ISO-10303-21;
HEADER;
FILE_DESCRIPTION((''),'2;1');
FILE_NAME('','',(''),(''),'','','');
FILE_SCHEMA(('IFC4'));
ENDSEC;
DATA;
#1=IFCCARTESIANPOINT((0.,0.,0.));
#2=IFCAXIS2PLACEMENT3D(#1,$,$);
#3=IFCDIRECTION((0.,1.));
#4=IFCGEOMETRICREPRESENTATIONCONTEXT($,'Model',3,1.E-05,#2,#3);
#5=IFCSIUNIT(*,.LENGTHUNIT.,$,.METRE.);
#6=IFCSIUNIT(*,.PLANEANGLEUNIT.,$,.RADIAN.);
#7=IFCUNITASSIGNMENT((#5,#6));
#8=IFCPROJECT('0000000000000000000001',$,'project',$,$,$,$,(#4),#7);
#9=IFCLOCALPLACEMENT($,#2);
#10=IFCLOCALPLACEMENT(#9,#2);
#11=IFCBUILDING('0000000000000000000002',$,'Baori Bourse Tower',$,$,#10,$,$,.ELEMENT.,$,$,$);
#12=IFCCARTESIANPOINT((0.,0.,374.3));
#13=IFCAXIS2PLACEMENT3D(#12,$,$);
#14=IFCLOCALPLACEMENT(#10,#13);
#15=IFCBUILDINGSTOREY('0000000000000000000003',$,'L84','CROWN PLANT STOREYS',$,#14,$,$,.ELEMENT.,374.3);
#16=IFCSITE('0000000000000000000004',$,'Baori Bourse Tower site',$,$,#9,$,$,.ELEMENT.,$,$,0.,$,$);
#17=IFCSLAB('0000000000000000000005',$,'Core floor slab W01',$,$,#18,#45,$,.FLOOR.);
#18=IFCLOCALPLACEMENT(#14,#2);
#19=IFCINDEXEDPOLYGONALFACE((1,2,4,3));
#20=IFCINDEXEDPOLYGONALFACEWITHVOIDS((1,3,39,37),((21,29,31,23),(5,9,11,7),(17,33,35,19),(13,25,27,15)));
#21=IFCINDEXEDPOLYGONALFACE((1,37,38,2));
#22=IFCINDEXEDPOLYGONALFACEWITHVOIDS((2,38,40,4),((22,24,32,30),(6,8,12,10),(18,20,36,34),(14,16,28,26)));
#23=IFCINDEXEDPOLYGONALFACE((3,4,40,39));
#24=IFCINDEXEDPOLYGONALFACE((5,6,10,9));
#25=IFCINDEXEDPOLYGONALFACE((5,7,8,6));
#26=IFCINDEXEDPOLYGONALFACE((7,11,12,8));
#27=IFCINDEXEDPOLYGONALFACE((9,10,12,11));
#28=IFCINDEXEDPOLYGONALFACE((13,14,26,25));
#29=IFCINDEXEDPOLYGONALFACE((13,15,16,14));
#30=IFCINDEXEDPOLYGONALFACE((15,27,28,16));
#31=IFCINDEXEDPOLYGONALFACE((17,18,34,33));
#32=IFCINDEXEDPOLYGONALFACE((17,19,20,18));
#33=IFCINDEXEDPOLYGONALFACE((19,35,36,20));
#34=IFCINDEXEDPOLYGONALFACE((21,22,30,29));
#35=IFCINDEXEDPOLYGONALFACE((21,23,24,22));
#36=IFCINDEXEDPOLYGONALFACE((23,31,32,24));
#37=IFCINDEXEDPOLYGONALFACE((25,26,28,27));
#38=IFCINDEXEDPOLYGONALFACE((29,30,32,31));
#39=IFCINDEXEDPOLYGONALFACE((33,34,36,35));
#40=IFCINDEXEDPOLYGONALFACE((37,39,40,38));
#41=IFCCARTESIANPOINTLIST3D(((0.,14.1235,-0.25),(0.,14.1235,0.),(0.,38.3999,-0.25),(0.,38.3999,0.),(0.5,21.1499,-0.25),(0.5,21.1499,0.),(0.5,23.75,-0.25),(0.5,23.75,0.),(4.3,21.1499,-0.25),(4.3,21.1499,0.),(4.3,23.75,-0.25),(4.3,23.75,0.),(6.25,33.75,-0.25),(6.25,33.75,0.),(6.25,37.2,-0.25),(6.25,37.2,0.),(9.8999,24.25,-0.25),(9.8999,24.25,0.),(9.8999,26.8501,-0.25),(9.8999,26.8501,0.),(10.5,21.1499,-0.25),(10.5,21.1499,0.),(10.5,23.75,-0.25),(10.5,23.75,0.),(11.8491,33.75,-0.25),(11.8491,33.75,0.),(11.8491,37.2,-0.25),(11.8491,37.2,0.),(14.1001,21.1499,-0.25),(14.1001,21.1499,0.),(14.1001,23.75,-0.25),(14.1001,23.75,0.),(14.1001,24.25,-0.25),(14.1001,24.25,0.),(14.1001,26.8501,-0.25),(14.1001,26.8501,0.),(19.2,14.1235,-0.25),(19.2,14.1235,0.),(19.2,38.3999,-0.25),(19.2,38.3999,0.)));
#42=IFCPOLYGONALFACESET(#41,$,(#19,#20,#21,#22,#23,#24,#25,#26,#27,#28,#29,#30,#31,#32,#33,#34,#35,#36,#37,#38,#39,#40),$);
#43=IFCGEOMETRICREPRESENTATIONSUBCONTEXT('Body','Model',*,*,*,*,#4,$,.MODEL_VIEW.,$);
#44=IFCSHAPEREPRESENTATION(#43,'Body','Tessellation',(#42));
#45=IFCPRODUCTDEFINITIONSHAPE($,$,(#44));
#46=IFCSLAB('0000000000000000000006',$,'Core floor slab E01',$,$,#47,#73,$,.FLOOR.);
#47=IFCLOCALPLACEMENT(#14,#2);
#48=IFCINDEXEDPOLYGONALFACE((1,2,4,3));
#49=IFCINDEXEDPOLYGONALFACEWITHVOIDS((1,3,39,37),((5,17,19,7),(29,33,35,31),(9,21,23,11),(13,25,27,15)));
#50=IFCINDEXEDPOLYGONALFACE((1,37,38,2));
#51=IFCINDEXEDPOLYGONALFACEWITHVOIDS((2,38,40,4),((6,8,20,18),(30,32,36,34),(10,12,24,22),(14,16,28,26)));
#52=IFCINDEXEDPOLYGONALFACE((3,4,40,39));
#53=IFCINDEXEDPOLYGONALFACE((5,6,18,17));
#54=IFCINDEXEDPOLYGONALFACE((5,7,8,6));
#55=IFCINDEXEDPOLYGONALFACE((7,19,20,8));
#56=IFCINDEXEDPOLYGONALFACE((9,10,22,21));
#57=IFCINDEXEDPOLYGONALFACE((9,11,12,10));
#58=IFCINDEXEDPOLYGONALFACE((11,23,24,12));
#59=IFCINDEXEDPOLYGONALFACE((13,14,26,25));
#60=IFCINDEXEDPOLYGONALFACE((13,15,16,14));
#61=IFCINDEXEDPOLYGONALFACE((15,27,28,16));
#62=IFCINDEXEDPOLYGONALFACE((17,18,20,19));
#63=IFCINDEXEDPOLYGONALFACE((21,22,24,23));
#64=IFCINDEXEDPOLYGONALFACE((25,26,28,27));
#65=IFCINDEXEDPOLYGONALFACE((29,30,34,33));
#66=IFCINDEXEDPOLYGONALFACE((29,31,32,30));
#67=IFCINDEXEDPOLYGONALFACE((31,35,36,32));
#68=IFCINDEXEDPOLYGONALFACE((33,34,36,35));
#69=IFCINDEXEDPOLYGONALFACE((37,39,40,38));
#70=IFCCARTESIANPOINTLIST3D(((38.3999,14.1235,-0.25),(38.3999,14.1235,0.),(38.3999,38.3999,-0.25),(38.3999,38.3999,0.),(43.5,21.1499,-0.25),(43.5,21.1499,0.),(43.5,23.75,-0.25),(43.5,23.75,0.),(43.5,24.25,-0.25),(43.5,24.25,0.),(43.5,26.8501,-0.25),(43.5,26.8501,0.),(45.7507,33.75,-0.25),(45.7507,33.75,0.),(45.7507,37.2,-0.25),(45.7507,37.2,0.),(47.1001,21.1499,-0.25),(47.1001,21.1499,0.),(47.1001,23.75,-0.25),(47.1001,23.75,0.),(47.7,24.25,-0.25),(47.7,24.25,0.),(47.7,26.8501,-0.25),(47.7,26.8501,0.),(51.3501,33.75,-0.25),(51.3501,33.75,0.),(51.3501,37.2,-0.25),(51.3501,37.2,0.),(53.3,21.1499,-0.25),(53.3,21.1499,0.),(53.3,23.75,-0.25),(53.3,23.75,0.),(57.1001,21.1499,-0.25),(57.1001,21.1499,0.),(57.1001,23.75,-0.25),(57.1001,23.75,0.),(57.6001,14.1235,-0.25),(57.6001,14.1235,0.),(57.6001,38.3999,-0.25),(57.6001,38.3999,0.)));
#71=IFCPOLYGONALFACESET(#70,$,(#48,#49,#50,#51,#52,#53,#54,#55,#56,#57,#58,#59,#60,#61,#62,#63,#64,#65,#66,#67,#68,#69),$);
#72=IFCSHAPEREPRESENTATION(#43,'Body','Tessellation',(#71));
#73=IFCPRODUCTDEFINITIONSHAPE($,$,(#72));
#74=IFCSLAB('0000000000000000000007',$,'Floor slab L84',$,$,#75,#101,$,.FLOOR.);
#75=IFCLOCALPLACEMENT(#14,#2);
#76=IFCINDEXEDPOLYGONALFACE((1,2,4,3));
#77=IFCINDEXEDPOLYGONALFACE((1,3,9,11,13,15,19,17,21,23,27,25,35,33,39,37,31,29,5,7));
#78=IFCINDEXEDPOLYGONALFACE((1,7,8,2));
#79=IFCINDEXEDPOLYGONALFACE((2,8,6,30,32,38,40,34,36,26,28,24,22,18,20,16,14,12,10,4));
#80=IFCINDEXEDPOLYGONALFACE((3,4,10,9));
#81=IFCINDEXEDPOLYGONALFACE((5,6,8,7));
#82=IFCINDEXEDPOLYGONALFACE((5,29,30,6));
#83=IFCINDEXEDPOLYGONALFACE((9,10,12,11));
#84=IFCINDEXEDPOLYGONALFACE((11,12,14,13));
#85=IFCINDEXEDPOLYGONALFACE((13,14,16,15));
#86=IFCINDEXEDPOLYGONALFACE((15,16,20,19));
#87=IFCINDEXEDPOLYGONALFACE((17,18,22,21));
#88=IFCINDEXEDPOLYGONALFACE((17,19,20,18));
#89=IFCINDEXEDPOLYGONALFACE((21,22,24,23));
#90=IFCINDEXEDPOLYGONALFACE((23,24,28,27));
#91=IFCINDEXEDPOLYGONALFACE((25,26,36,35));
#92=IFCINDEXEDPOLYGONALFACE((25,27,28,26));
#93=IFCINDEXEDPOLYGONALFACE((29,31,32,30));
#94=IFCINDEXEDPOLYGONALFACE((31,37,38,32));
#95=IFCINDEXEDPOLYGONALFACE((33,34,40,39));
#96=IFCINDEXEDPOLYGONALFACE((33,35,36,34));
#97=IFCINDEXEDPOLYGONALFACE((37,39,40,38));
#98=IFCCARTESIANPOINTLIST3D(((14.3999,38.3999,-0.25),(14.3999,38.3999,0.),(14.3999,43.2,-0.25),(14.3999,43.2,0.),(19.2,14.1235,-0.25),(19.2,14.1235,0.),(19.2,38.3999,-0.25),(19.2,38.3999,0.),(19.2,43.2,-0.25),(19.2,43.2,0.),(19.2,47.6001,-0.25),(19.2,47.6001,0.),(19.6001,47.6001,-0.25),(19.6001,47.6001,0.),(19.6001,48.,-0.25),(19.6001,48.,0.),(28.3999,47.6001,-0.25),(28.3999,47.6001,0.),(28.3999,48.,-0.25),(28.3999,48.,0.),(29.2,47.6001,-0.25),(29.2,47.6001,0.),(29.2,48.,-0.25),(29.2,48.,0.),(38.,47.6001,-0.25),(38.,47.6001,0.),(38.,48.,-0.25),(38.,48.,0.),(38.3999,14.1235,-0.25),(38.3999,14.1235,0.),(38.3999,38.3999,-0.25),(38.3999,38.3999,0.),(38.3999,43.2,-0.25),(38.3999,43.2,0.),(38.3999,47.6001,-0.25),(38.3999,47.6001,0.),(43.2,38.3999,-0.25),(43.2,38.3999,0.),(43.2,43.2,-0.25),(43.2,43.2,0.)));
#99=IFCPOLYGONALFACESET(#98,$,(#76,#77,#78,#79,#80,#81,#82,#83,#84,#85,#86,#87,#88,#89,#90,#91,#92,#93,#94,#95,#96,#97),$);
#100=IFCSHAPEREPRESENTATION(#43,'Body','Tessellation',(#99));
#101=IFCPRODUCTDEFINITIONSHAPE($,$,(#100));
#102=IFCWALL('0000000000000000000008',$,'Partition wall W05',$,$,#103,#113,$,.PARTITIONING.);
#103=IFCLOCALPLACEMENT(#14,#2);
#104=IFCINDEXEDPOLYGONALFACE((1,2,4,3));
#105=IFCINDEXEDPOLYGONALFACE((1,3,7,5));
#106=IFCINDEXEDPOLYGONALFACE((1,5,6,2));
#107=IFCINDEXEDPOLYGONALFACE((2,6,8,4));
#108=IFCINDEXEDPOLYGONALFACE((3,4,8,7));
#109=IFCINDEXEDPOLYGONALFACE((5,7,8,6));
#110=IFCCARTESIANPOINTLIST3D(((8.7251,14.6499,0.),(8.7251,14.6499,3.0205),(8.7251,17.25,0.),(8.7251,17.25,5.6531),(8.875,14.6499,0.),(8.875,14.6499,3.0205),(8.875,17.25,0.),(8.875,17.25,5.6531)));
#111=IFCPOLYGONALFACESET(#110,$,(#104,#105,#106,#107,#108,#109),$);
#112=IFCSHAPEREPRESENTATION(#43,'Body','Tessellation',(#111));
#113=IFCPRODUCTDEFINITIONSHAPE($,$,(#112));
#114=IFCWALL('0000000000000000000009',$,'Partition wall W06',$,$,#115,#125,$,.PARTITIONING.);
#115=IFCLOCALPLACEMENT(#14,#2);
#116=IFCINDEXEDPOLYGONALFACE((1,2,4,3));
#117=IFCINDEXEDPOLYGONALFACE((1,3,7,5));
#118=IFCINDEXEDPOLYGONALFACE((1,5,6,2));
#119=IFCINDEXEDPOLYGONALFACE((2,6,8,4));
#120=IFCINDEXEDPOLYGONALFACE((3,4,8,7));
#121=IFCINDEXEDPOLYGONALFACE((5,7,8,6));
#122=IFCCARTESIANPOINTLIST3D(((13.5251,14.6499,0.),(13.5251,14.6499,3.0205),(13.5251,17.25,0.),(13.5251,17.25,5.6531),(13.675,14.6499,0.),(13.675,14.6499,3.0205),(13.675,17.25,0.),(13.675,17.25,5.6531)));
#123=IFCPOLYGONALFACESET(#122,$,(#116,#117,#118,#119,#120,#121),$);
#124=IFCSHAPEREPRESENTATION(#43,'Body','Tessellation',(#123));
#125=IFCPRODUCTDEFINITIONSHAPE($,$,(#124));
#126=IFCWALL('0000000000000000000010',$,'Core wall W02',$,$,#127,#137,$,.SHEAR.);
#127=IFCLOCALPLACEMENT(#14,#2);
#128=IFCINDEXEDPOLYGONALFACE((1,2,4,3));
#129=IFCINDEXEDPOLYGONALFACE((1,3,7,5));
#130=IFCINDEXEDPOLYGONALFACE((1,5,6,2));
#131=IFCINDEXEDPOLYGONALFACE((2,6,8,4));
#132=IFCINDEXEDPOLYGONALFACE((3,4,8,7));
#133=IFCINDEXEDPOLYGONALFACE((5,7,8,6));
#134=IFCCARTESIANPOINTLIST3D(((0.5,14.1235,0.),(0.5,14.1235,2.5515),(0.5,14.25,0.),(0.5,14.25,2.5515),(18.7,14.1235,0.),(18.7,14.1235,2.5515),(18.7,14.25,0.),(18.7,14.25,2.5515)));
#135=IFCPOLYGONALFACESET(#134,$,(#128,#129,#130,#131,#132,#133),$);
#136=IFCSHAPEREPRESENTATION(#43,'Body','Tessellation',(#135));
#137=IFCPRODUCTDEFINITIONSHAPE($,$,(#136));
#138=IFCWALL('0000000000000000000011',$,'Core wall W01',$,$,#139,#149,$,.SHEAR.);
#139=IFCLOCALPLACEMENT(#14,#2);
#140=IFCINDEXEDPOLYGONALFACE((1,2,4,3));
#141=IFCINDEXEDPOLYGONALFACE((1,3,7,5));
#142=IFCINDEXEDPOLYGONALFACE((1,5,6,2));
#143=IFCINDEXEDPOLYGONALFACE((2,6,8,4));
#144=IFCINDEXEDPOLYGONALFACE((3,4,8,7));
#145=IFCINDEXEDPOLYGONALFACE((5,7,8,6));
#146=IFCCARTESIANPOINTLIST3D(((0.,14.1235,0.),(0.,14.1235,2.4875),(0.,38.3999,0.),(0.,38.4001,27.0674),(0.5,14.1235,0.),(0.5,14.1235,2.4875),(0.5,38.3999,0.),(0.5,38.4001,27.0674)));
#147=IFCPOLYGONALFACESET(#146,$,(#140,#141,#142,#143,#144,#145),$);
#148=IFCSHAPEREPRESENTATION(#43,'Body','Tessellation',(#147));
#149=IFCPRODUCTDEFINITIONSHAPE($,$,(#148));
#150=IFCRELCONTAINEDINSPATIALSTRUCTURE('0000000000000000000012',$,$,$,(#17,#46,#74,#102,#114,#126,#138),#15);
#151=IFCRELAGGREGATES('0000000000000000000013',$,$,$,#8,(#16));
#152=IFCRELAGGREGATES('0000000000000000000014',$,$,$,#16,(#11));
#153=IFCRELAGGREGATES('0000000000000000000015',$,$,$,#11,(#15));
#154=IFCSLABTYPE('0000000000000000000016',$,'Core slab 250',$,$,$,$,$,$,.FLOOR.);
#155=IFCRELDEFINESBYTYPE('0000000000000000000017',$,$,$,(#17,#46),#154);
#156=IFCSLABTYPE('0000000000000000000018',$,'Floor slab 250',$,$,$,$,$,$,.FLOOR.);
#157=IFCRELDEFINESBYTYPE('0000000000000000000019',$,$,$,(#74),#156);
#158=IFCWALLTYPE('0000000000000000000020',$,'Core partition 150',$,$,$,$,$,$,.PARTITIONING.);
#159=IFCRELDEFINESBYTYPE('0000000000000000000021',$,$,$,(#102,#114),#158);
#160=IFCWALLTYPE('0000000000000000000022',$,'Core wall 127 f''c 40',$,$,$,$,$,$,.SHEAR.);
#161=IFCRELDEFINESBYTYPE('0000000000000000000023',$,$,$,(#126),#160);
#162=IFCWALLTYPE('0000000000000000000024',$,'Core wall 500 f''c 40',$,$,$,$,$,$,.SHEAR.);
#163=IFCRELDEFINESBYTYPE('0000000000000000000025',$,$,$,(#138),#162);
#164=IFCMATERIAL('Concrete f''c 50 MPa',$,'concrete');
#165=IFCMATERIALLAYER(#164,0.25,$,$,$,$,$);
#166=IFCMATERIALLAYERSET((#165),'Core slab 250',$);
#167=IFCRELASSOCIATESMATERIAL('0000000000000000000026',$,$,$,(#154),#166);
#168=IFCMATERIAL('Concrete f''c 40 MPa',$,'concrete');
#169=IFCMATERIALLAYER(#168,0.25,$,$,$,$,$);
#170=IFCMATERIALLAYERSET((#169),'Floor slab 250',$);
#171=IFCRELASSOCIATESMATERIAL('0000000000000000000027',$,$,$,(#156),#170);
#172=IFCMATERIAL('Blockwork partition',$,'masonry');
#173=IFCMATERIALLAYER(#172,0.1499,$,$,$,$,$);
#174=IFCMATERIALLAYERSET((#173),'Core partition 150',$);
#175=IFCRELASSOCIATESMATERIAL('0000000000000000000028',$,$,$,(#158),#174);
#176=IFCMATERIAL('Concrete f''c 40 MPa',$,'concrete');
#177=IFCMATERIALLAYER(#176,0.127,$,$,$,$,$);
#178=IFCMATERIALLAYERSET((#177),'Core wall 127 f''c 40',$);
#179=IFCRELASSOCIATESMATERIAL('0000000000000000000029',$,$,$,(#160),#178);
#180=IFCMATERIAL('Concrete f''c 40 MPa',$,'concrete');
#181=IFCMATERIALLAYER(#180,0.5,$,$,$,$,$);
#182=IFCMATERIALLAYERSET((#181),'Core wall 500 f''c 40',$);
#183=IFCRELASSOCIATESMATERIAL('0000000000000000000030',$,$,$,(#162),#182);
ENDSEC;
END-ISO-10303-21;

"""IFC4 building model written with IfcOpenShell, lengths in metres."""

from ifc_helpers import new_model, si_unit, direction, frame, origin, place, context, subcontext, project, spatial, polyline, outline, extrude, material, layer, layer_set, type_object, element, save


model = new_model("IFC4")

# Units and contexts
model_context = context("Model", 3, precision=1e-05, world=origin(), true_north=direction((0.0, 1.0)))
body_context = subcontext(model_context, "Body", "Model", "MODEL_VIEW")
ifc_project = project(units=[si_unit("LENGTHUNIT", "METRE"), si_unit("PLANEANGLEUNIT", "RADIAN")], contexts=[model_context])

# Site, building, storey
site_placement = place(None, origin())
site = spatial("IfcSite", under=ifc_project, at=site_placement, Name="Baori Bourse Tower site", CompositionType="ELEMENT", RefElevation=0.0)
building_placement = place(site_placement, origin())
building = spatial("IfcBuilding", under=site, at=building_placement, Name="Baori Bourse Tower", CompositionType="ELEMENT")
storey_placement = place(building_placement, frame((0.0, 0.0, 374.3)))
storey = spatial("IfcBuildingStorey", under=building, at=storey_placement, Name="L84", Description="CROWN PLANT STOREYS", CompositionType="ELEMENT", Elevation=374.3)

# Slabs
ifc_material_1 = material(Name="Concrete f'c 50 MPa", Category="concrete")
ifc_layer_1 = layer(ifc_material_1, 0.25)
ifc_layer_set_1 = layer_set([ifc_layer_1], Name="Core slab 250")
slab_type_1 = type_object("IfcSlabType", Name="Core slab 250", PredefinedType="FLOOR", material=ifc_layer_set_1)
slab_1_placement = place(storey_placement, frame((0.0, 0.0, -0.25)))
element("IfcSlab", 1, at=slab_1_placement, inside=storey, type_object=slab_type_1, Name="Core floor slab W01", PredefinedType="FLOOR", context=body_context, shape_type="SweptSolid", body=[
    extrude(outline(polyline([(19.2, 14.1235), (19.2, 38.3999), (0.0, 38.3999), (0.0, 14.1235), (19.2, 14.1235)]), holes=[polyline([(9.8999, 24.25), (9.8999, 26.8501), (14.1001, 26.8501), (14.1001, 24.25), (9.8999, 24.25)]), polyline([(10.5, 23.75), (14.1001, 23.75), (14.1001, 21.1499), (10.5, 21.1499), (10.5, 23.75)]), polyline([(11.8491, 37.2), (11.8491, 33.75), (6.25, 33.75), (6.25, 37.2), (11.8491, 37.2)]), polyline([(4.3, 21.1499), (0.5, 21.1499), (0.5, 23.75), (4.3, 23.75), (4.3, 21.1499)])]), origin(), (0.0, 0.0, 1.0), 0.25),
])
slab_2_placement = place(storey_placement, frame((0.0, 0.0, -0.25)))
element("IfcSlab", 2, at=slab_2_placement, inside=storey, type_object=slab_type_1, Name="Core floor slab E01", PredefinedType="FLOOR", context=body_context, shape_type="SweptSolid", body=[
    extrude(outline(polyline([(38.3999, 14.1235), (57.6001, 14.1235), (57.6001, 38.3999), (38.3999, 38.3999), (38.3999, 14.1235)]), holes=[polyline([(53.3, 21.1499), (53.3, 23.75), (57.1001, 23.75), (57.1001, 21.1499), (53.3, 21.1499)]), polyline([(51.3501, 37.2), (51.3501, 33.75), (45.7507, 33.75), (45.7507, 37.2), (51.3501, 37.2)]), polyline([(43.5, 26.8501), (47.7, 26.8501), (47.7, 24.25), (43.5, 24.25), (43.5, 26.8501)]), polyline([(47.1001, 23.75), (47.1001, 21.1499), (43.5, 21.1499), (43.5, 23.75), (47.1001, 23.75)])]), origin(), (0.0, 0.0, 1.0), 0.25),
])
ifc_material_2 = material(Name="Concrete f'c 40 MPa", Category="concrete")
ifc_layer_2 = layer(ifc_material_2, 0.25)
ifc_layer_set_2 = layer_set([ifc_layer_2], Name="Floor slab 250")
slab_type_2 = type_object("IfcSlabType", Name="Floor slab 250", PredefinedType="FLOOR", material=ifc_layer_set_2)
slab_3_placement = place(storey_placement, frame((0.0, 0.0, -0.25)))
element("IfcSlab", 3, at=slab_3_placement, inside=storey, type_object=slab_type_2, Name="Floor slab L84", PredefinedType="FLOOR", context=body_context, shape_type="SweptSolid", body=[
    extrude(outline(polyline([(38.3999, 43.2), (43.2, 43.2), (43.2, 38.3999), (38.3999, 38.3999), (38.3999, 14.1235), (19.2, 14.1235), (19.2, 38.3999), (14.3999, 38.3999), (14.3999, 43.2), (19.2, 43.2), (19.2, 47.6001), (19.6001, 47.6001), (19.6001, 48.0), (28.3999, 48.0), (28.3999, 47.6001), (29.2, 47.6001), (29.2, 48.0), (38.0, 48.0), (38.0, 47.6001), (38.3999, 47.6001), (38.3999, 43.2)])), origin(), (0.0, 0.0, 1.0), 0.25),
])

# Walls
ifc_material_3 = material(Name="Blockwork partition", Category="masonry")
ifc_layer_3 = layer(ifc_material_3, 0.1499)
ifc_layer_set_3 = layer_set([ifc_layer_3], Name="Core partition 150")
wall_type_1 = type_object("IfcWallType", Name="Core partition 150", PredefinedType="PARTITIONING", material=ifc_layer_set_3)
for number, where, z_axis, x_axis, name in (
    (4, (8.8, 14.6499, 0.0), (0.0, 0.0, 1.0), (0.0, 1.0, 0.0), "Partition wall W05"),
    (5, (13.6001, 14.6499, 0.0), (0.0, 0.0, 1.0), (0.0, 1.0, 0.0), "Partition wall W06"),
):
    element("IfcWall", number, at=place(storey_placement, frame(where, z_axis=z_axis, x_axis=x_axis)), inside=storey, type_object=wall_type_1, Name=name, PredefinedType="PARTITIONING", context=body_context, shape_type="SweptSolid", body=[
        extrude(outline(polyline([(0.0, 0.0), (2.6001, 0.0), (2.6001, 5.6531), (0.0, 3.0205), (0.0, 0.0)])), frame((0.0, 0.075, 0.0), z_axis=(0.0, -1.0, 0.0), x_axis=(1.0, 0.0, 0.0)), (0.0, 0.0, 1.0), 0.1499),
    ])
ifc_material_4 = material(Name="Concrete f'c 40 MPa", Category="concrete")
ifc_layer_4 = layer(ifc_material_4, 0.127)
ifc_layer_set_4 = layer_set([ifc_layer_4], Name="Core wall 127 f'c 40")
wall_type_2 = type_object("IfcWallType", Name="Core wall 127 f'c 40", PredefinedType="SHEAR", material=ifc_layer_set_4)
wall_1_placement = place(storey_placement, frame((18.7, 14.1868, 0.0), z_axis=(0.0, 0.0, 1.0), x_axis=(-1.0, 0.0, 0.0)))
element("IfcWall", 6, at=wall_1_placement, inside=storey, type_object=wall_type_2, Name="Core wall W02", PredefinedType="SHEAR", context=body_context, shape_type="SweptSolid", body=[
    extrude(outline(polyline([(0.0, 0.0), (18.2, 0.0), (18.2, 2.5515), (0.0, 2.5515), (0.0, 0.0)])), frame((0.0, 0.0632, 0.0), z_axis=(0.0, -1.0, 0.0), x_axis=(1.0, 0.0, 0.0)), (0.0, 0.0, 1.0), 0.1265),
])
ifc_material_5 = material(Name="Concrete f'c 40 MPa", Category="concrete")
ifc_layer_5 = layer(ifc_material_5, 0.5)
ifc_layer_set_5 = layer_set([ifc_layer_5], Name="Core wall 500 f'c 40")
wall_type_3 = type_object("IfcWallType", Name="Core wall 500 f'c 40", PredefinedType="SHEAR", material=ifc_layer_set_5)
wall_2_placement = place(storey_placement, frame((0.25, 14.1235, 0.0), z_axis=(0.0, 0.0, 1.0), x_axis=(0.0, 1.0, 0.0)))
element("IfcWall", 7, at=wall_2_placement, inside=storey, type_object=wall_type_3, Name="Core wall W01", PredefinedType="SHEAR", context=body_context, shape_type="SweptSolid", body=[
    extrude(outline(polyline([(0.0, 0.0), (24.2764, 0.0), (24.2766, 27.0674), (0.0, 2.4875), (0.0, 0.0)])), frame((0.0, 0.25, 0.0), z_axis=(0.0, -1.0, 0.0), x_axis=(1.0, 0.0, 0.0)), (0.0, 0.0, 1.0), 0.5),
])

save(model, "model.ifc")
